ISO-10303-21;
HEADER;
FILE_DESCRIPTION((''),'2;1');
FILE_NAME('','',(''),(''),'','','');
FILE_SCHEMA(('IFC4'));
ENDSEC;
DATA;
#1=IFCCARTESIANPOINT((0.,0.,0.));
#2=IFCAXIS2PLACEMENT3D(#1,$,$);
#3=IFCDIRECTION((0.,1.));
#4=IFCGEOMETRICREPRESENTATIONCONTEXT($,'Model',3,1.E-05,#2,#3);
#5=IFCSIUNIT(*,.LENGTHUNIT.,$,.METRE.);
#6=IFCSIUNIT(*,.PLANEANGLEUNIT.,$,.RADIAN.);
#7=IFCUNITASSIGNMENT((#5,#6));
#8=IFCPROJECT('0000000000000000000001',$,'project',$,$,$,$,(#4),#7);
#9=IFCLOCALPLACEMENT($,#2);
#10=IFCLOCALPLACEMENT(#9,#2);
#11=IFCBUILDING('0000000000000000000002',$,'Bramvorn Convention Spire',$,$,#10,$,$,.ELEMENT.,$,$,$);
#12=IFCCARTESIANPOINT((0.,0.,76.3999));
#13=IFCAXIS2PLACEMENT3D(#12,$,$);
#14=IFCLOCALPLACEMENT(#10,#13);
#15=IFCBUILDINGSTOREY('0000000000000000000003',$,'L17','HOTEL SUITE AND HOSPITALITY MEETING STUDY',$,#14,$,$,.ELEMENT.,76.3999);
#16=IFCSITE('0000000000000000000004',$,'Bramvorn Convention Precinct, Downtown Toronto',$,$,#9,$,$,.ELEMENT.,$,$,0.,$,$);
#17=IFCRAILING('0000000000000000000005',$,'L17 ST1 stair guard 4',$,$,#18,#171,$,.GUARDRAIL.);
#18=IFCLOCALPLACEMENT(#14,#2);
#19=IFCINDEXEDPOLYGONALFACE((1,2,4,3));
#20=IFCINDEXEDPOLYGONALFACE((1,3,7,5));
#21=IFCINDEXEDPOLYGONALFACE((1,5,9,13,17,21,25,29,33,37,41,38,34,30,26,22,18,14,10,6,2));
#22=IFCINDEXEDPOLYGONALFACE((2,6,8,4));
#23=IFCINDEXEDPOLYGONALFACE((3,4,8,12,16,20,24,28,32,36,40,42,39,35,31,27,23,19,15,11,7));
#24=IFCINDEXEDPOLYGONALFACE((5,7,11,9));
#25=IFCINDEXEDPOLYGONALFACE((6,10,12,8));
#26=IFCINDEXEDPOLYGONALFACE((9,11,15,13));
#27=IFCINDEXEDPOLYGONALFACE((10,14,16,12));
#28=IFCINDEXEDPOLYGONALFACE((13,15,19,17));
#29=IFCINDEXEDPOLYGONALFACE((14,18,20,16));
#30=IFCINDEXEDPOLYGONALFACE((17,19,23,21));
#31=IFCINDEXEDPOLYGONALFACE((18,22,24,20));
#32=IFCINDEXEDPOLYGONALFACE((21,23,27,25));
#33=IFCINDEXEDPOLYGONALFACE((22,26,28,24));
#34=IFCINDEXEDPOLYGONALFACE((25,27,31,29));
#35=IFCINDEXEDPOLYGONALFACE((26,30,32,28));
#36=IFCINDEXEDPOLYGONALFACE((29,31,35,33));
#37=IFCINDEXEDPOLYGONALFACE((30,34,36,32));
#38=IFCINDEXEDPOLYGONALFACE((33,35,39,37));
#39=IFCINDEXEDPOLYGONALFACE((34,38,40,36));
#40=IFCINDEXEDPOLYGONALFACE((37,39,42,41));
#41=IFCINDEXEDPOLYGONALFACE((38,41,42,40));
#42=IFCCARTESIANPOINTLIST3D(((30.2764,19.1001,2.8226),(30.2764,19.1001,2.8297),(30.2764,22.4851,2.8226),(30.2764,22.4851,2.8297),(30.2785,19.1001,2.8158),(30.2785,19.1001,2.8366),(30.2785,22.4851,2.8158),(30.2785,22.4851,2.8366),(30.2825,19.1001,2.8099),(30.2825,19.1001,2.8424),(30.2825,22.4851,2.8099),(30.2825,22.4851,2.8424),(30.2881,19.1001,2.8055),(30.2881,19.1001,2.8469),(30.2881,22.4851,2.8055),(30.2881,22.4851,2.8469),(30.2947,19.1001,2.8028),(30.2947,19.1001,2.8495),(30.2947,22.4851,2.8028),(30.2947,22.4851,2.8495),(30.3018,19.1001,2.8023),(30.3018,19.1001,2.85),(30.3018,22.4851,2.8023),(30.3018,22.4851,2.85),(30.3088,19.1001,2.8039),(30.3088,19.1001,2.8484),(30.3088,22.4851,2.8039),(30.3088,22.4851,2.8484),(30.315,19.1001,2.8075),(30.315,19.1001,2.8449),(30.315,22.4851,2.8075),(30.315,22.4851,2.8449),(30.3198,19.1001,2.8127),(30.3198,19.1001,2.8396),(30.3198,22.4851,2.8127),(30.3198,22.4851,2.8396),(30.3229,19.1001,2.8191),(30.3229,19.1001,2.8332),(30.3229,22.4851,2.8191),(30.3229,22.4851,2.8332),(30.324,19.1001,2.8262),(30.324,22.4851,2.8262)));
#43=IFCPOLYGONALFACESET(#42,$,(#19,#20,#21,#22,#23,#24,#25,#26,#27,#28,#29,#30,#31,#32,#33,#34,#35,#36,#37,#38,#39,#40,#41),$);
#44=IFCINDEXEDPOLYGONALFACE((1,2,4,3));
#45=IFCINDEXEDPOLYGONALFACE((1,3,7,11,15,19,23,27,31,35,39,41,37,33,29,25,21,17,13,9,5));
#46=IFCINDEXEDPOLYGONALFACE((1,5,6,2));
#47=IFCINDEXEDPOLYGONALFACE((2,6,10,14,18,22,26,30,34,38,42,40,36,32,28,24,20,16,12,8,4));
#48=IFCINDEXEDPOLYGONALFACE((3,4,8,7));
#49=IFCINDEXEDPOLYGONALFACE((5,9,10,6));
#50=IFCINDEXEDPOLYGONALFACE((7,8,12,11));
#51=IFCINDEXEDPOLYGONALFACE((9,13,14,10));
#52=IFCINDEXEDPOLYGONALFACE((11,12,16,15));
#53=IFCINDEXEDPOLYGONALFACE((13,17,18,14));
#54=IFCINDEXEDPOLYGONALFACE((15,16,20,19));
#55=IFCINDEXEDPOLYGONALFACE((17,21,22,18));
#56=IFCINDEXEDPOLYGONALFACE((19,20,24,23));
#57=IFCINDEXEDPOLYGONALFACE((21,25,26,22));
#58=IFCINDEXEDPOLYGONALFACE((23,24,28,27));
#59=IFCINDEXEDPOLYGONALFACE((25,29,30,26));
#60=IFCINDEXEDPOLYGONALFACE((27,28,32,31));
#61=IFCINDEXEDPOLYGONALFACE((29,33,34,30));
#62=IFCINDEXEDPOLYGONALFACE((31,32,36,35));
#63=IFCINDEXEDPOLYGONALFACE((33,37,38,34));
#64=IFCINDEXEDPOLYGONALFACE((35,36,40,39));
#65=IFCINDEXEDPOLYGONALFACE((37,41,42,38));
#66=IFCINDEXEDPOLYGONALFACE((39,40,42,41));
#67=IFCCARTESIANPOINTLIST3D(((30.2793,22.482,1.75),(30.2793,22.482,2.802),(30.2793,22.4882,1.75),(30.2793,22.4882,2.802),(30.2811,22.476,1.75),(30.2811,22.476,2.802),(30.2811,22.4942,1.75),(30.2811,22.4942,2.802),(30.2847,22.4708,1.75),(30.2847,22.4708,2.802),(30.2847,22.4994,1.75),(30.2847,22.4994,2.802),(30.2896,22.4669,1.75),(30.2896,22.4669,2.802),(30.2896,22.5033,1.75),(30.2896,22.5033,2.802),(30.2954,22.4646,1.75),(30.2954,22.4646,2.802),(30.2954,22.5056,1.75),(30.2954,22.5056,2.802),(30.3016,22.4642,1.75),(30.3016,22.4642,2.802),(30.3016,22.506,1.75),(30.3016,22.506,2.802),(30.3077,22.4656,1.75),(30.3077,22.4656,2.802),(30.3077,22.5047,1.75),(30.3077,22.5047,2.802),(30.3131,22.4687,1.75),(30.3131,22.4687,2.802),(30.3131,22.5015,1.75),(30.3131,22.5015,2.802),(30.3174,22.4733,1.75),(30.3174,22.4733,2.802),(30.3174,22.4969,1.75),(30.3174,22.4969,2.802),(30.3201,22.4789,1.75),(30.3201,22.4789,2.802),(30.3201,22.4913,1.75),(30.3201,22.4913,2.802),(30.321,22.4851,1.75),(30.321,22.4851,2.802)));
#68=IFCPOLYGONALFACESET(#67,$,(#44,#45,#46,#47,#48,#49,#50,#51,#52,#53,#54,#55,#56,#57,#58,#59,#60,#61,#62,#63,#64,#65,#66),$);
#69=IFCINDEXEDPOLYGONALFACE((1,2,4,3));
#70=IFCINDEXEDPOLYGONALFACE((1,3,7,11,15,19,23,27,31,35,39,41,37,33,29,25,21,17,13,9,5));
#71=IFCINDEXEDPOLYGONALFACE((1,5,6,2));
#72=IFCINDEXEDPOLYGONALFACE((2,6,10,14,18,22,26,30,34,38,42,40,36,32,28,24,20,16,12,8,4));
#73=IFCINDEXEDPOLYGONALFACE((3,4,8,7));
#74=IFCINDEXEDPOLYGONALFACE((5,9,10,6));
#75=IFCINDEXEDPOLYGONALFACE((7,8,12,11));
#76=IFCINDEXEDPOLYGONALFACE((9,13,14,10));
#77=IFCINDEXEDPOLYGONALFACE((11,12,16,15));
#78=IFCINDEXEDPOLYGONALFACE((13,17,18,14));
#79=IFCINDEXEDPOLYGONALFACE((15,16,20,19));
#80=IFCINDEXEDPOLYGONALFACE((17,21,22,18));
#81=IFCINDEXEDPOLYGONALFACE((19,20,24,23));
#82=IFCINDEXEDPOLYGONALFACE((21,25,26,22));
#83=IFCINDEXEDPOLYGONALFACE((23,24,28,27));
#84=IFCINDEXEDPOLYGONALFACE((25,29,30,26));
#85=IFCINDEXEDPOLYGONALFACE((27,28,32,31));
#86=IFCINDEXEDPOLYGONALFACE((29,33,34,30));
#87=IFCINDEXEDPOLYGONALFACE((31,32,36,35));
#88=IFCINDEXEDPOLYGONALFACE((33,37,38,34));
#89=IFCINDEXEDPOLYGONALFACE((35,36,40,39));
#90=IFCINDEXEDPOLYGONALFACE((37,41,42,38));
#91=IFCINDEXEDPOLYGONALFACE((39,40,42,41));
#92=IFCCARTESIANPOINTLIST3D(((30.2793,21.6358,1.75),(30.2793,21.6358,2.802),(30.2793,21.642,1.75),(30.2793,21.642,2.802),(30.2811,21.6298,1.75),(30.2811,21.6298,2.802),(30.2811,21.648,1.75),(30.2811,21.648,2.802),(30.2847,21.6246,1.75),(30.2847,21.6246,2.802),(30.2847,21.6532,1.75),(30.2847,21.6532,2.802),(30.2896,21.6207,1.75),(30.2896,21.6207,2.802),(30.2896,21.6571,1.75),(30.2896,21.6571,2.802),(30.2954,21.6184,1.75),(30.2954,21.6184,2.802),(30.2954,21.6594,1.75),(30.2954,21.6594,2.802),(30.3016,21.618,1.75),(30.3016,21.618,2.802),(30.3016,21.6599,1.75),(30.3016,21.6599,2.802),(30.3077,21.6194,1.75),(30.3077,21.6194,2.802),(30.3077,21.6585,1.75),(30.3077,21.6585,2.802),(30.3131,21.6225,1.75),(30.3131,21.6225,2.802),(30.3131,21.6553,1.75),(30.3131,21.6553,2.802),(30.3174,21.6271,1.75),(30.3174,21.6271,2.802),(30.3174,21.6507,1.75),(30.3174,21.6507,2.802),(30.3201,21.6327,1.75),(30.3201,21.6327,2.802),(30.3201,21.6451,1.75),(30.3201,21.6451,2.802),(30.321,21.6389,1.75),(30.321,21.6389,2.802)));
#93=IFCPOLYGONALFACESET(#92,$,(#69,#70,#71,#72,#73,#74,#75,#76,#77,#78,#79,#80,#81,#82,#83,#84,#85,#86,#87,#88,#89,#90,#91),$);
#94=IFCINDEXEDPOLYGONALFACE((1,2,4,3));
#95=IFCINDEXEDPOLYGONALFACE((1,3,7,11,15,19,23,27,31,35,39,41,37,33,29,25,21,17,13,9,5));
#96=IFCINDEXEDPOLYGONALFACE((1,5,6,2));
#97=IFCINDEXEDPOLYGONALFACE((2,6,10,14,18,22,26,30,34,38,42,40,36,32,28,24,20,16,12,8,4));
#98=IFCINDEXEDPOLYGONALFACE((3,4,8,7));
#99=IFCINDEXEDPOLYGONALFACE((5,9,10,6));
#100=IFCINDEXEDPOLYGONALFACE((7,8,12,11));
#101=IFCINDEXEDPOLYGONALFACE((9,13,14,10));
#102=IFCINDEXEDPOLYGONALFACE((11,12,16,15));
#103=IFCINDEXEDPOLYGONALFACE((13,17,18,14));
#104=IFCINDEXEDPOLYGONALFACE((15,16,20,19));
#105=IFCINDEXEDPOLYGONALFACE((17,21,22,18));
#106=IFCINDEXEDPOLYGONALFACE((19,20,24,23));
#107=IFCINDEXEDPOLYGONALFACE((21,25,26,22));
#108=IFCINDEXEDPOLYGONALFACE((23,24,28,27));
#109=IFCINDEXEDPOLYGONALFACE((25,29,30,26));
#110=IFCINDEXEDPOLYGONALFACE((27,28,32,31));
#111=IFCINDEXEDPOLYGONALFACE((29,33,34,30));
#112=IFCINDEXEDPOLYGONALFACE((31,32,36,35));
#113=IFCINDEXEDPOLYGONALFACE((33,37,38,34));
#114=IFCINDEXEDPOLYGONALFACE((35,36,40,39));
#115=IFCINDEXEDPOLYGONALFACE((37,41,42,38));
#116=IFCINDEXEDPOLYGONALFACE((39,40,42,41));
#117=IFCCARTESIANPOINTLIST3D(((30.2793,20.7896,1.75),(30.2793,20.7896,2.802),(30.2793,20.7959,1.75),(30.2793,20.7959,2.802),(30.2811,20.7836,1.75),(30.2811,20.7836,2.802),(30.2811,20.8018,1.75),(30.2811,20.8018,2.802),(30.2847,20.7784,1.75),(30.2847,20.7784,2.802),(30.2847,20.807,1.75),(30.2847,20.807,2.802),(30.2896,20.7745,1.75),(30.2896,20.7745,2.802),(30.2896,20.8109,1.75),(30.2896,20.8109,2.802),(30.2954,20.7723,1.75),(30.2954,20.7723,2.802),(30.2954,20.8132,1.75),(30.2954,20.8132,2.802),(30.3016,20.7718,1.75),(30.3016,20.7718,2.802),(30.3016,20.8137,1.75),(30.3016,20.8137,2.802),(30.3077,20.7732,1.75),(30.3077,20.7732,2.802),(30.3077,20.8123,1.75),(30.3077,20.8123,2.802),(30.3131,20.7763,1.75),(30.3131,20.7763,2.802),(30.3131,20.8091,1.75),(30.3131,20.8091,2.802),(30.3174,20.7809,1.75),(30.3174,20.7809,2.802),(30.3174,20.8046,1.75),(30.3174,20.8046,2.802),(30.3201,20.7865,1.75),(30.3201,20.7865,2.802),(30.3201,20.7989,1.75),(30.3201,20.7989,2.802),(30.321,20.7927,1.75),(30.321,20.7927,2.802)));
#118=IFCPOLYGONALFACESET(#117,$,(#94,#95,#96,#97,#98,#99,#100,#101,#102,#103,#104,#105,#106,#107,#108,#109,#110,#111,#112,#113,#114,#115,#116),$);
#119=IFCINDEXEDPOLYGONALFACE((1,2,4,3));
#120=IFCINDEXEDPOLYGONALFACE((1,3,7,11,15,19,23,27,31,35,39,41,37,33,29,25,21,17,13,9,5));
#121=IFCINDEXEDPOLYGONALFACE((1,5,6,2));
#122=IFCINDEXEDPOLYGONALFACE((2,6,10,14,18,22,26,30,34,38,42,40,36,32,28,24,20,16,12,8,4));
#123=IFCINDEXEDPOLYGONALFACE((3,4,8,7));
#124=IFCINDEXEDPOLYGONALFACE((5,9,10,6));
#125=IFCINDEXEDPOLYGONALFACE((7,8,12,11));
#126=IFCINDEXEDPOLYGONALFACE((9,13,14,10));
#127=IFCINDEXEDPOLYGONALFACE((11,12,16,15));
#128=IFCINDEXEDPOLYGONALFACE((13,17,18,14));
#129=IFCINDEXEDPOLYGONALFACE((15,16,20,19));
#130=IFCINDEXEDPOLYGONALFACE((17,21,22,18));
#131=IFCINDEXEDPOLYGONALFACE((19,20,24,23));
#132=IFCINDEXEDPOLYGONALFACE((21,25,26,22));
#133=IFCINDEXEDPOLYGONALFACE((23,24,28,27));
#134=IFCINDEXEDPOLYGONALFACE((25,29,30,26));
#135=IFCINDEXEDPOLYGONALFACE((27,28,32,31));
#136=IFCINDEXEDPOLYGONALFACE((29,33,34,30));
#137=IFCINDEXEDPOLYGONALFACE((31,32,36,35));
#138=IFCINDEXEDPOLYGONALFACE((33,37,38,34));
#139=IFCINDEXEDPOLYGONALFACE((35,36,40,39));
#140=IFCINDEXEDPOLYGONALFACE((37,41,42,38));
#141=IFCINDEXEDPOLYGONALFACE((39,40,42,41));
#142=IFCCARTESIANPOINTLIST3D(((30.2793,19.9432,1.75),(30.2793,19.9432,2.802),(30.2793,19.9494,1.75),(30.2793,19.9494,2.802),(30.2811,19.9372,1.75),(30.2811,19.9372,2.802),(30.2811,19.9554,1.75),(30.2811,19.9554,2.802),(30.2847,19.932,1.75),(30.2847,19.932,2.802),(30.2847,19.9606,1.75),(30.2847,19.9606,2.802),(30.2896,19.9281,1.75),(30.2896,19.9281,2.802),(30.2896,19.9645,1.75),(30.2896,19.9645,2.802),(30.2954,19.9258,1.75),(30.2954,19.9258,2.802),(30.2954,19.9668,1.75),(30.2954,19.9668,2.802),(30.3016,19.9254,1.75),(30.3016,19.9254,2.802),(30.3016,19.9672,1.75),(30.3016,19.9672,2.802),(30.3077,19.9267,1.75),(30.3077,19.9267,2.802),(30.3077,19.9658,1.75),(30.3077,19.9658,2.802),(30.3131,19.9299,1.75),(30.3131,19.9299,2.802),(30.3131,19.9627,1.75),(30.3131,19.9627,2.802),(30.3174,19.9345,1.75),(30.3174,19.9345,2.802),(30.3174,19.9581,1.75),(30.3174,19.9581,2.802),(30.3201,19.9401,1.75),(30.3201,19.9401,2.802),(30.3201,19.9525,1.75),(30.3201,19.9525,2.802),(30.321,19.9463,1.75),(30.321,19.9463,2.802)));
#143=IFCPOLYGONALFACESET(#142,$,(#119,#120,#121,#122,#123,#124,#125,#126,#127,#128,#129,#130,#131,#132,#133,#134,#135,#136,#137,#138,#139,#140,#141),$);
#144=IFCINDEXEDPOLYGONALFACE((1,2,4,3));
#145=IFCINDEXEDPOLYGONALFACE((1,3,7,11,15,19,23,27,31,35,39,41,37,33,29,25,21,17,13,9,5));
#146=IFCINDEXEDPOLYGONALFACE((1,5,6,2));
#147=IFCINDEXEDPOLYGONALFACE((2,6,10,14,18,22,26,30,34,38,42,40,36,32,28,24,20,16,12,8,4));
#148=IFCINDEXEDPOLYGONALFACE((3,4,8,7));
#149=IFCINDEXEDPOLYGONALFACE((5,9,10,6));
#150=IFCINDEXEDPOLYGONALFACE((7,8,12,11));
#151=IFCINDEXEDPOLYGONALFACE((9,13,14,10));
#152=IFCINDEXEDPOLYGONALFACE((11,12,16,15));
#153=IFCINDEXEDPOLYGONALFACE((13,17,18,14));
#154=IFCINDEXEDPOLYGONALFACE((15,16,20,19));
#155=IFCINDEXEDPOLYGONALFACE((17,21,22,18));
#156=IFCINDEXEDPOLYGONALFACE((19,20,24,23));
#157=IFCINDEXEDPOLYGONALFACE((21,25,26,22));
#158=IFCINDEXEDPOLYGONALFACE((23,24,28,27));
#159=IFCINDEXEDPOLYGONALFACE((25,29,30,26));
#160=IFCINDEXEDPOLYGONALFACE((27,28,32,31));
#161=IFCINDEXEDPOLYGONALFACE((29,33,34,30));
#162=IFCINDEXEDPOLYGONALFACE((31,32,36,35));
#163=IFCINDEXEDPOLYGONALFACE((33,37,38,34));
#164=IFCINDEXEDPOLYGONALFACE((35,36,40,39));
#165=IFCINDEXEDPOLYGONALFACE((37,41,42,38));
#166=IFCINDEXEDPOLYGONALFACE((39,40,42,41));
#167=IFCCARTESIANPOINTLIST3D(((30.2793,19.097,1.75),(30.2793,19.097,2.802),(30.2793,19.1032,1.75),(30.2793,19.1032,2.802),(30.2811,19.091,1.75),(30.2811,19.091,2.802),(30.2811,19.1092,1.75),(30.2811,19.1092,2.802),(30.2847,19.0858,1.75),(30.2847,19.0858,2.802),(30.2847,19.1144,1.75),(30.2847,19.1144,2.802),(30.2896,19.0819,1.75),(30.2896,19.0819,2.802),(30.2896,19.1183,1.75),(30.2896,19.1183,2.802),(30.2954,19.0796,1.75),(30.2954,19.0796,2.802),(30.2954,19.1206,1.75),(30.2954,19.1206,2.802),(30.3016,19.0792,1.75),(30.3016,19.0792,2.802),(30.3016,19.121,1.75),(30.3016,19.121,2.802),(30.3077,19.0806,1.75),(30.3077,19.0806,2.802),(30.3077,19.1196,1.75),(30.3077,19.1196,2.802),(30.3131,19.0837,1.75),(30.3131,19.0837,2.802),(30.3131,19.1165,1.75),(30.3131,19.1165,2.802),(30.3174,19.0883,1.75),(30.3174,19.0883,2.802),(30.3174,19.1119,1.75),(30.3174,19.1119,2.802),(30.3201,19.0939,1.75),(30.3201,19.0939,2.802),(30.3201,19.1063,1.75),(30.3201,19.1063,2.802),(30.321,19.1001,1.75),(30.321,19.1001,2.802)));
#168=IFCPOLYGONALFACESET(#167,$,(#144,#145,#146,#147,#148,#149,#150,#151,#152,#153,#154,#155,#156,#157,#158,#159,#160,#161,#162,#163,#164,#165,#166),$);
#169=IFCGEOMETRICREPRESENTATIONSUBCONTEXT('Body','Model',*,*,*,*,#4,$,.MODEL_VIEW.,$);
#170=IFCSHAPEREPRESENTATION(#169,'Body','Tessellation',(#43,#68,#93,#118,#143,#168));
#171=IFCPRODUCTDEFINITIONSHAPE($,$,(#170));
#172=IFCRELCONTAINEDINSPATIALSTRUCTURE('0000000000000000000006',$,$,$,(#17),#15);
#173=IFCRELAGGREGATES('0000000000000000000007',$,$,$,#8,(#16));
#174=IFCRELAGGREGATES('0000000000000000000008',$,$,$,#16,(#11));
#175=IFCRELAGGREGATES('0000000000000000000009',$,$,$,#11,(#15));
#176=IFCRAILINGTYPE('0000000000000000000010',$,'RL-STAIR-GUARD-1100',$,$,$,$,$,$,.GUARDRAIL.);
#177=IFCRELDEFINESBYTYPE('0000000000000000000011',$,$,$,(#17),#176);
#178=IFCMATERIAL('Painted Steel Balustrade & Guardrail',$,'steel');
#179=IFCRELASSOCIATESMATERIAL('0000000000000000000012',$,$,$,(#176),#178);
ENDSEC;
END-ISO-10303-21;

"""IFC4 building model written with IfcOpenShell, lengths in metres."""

from ifc_helpers import new_model, si_unit, direction, frame, origin, origin_2d, place, context, subcontext, project, spatial, circle, extrude, material, type_object, element, save


model = new_model("IFC4")

# Units and contexts
model_context = context("Model", 3, precision=1e-05, world=origin(), true_north=direction((0.0, 1.0)))
body_context = subcontext(model_context, "Body", "Model", "MODEL_VIEW")
ifc_project = project(units=[si_unit("LENGTHUNIT", "METRE"), si_unit("PLANEANGLEUNIT", "RADIAN")], contexts=[model_context])

# Site, building, storey
site_placement = place(None, origin())
site = spatial("IfcSite", under=ifc_project, at=site_placement, Name="Bramvorn Convention Precinct, Downtown Toronto", CompositionType="ELEMENT", RefElevation=0.0)
building_placement = place(site_placement, origin())
building = spatial("IfcBuilding", under=site, at=building_placement, Name="Bramvorn Convention Spire", CompositionType="ELEMENT")
storey_placement = place(building_placement, frame((0.0, 0.0, 76.3999)))
storey = spatial("IfcBuildingStorey", under=building, at=storey_placement, Name="L17", Description="HOTEL SUITE AND HOSPITALITY MEETING STUDY", CompositionType="ELEMENT", Elevation=76.3999)

# Railing
ifc_material_1 = material(Name="Painted Steel Balustrade & Guardrail", Category="steel")
railing_type_1 = type_object("IfcRailingType", Name="RL-STAIR-GUARD-1100", PredefinedType="GUARDRAIL", material=ifc_material_1)
for number, where, name in (
    (1, (30.3, 22.4851, 1.75), "L17 ST1 stair guard 4"),
):
    element("IfcRailing", number, at=place(storey_placement, frame(where)), inside=storey, type_object=railing_type_1, Name=name, PredefinedType="GUARDRAIL", context=body_context, shape_type="SweptSolid", body=[
        extrude(circle(Radius=0.0239, at=origin_2d()), frame((0.0, 0.0, 1.0762), z_axis=(0.0, -1.0, 0.0), x_axis=(1.0, 0.0, 0.0)), (0.0, 0.0, 1.0), 3.385),
        extrude(circle(Radius=0.021, at=origin_2d()), origin(), (0.0, 0.0, 1.0), 1.052),
        extrude(circle(Radius=0.021, at=origin_2d()), frame((0.0, -0.8462, 0.0)), (0.0, 0.0, 1.0), 1.052),
        extrude(circle(Radius=0.021, at=origin_2d()), frame((0.0, -1.6924, 0.0)), (0.0, 0.0, 1.0), 1.052),
        extrude(circle(Radius=0.021, at=origin_2d()), frame((0.0, -2.5388, 0.0)), (0.0, 0.0, 1.0), 1.052),
        extrude(circle(Radius=0.021, at=origin_2d()), frame((0.0, -3.385, 0.0)), (0.0, 0.0, 1.0), 1.052),
    ])

save(model, "model.ifc")
